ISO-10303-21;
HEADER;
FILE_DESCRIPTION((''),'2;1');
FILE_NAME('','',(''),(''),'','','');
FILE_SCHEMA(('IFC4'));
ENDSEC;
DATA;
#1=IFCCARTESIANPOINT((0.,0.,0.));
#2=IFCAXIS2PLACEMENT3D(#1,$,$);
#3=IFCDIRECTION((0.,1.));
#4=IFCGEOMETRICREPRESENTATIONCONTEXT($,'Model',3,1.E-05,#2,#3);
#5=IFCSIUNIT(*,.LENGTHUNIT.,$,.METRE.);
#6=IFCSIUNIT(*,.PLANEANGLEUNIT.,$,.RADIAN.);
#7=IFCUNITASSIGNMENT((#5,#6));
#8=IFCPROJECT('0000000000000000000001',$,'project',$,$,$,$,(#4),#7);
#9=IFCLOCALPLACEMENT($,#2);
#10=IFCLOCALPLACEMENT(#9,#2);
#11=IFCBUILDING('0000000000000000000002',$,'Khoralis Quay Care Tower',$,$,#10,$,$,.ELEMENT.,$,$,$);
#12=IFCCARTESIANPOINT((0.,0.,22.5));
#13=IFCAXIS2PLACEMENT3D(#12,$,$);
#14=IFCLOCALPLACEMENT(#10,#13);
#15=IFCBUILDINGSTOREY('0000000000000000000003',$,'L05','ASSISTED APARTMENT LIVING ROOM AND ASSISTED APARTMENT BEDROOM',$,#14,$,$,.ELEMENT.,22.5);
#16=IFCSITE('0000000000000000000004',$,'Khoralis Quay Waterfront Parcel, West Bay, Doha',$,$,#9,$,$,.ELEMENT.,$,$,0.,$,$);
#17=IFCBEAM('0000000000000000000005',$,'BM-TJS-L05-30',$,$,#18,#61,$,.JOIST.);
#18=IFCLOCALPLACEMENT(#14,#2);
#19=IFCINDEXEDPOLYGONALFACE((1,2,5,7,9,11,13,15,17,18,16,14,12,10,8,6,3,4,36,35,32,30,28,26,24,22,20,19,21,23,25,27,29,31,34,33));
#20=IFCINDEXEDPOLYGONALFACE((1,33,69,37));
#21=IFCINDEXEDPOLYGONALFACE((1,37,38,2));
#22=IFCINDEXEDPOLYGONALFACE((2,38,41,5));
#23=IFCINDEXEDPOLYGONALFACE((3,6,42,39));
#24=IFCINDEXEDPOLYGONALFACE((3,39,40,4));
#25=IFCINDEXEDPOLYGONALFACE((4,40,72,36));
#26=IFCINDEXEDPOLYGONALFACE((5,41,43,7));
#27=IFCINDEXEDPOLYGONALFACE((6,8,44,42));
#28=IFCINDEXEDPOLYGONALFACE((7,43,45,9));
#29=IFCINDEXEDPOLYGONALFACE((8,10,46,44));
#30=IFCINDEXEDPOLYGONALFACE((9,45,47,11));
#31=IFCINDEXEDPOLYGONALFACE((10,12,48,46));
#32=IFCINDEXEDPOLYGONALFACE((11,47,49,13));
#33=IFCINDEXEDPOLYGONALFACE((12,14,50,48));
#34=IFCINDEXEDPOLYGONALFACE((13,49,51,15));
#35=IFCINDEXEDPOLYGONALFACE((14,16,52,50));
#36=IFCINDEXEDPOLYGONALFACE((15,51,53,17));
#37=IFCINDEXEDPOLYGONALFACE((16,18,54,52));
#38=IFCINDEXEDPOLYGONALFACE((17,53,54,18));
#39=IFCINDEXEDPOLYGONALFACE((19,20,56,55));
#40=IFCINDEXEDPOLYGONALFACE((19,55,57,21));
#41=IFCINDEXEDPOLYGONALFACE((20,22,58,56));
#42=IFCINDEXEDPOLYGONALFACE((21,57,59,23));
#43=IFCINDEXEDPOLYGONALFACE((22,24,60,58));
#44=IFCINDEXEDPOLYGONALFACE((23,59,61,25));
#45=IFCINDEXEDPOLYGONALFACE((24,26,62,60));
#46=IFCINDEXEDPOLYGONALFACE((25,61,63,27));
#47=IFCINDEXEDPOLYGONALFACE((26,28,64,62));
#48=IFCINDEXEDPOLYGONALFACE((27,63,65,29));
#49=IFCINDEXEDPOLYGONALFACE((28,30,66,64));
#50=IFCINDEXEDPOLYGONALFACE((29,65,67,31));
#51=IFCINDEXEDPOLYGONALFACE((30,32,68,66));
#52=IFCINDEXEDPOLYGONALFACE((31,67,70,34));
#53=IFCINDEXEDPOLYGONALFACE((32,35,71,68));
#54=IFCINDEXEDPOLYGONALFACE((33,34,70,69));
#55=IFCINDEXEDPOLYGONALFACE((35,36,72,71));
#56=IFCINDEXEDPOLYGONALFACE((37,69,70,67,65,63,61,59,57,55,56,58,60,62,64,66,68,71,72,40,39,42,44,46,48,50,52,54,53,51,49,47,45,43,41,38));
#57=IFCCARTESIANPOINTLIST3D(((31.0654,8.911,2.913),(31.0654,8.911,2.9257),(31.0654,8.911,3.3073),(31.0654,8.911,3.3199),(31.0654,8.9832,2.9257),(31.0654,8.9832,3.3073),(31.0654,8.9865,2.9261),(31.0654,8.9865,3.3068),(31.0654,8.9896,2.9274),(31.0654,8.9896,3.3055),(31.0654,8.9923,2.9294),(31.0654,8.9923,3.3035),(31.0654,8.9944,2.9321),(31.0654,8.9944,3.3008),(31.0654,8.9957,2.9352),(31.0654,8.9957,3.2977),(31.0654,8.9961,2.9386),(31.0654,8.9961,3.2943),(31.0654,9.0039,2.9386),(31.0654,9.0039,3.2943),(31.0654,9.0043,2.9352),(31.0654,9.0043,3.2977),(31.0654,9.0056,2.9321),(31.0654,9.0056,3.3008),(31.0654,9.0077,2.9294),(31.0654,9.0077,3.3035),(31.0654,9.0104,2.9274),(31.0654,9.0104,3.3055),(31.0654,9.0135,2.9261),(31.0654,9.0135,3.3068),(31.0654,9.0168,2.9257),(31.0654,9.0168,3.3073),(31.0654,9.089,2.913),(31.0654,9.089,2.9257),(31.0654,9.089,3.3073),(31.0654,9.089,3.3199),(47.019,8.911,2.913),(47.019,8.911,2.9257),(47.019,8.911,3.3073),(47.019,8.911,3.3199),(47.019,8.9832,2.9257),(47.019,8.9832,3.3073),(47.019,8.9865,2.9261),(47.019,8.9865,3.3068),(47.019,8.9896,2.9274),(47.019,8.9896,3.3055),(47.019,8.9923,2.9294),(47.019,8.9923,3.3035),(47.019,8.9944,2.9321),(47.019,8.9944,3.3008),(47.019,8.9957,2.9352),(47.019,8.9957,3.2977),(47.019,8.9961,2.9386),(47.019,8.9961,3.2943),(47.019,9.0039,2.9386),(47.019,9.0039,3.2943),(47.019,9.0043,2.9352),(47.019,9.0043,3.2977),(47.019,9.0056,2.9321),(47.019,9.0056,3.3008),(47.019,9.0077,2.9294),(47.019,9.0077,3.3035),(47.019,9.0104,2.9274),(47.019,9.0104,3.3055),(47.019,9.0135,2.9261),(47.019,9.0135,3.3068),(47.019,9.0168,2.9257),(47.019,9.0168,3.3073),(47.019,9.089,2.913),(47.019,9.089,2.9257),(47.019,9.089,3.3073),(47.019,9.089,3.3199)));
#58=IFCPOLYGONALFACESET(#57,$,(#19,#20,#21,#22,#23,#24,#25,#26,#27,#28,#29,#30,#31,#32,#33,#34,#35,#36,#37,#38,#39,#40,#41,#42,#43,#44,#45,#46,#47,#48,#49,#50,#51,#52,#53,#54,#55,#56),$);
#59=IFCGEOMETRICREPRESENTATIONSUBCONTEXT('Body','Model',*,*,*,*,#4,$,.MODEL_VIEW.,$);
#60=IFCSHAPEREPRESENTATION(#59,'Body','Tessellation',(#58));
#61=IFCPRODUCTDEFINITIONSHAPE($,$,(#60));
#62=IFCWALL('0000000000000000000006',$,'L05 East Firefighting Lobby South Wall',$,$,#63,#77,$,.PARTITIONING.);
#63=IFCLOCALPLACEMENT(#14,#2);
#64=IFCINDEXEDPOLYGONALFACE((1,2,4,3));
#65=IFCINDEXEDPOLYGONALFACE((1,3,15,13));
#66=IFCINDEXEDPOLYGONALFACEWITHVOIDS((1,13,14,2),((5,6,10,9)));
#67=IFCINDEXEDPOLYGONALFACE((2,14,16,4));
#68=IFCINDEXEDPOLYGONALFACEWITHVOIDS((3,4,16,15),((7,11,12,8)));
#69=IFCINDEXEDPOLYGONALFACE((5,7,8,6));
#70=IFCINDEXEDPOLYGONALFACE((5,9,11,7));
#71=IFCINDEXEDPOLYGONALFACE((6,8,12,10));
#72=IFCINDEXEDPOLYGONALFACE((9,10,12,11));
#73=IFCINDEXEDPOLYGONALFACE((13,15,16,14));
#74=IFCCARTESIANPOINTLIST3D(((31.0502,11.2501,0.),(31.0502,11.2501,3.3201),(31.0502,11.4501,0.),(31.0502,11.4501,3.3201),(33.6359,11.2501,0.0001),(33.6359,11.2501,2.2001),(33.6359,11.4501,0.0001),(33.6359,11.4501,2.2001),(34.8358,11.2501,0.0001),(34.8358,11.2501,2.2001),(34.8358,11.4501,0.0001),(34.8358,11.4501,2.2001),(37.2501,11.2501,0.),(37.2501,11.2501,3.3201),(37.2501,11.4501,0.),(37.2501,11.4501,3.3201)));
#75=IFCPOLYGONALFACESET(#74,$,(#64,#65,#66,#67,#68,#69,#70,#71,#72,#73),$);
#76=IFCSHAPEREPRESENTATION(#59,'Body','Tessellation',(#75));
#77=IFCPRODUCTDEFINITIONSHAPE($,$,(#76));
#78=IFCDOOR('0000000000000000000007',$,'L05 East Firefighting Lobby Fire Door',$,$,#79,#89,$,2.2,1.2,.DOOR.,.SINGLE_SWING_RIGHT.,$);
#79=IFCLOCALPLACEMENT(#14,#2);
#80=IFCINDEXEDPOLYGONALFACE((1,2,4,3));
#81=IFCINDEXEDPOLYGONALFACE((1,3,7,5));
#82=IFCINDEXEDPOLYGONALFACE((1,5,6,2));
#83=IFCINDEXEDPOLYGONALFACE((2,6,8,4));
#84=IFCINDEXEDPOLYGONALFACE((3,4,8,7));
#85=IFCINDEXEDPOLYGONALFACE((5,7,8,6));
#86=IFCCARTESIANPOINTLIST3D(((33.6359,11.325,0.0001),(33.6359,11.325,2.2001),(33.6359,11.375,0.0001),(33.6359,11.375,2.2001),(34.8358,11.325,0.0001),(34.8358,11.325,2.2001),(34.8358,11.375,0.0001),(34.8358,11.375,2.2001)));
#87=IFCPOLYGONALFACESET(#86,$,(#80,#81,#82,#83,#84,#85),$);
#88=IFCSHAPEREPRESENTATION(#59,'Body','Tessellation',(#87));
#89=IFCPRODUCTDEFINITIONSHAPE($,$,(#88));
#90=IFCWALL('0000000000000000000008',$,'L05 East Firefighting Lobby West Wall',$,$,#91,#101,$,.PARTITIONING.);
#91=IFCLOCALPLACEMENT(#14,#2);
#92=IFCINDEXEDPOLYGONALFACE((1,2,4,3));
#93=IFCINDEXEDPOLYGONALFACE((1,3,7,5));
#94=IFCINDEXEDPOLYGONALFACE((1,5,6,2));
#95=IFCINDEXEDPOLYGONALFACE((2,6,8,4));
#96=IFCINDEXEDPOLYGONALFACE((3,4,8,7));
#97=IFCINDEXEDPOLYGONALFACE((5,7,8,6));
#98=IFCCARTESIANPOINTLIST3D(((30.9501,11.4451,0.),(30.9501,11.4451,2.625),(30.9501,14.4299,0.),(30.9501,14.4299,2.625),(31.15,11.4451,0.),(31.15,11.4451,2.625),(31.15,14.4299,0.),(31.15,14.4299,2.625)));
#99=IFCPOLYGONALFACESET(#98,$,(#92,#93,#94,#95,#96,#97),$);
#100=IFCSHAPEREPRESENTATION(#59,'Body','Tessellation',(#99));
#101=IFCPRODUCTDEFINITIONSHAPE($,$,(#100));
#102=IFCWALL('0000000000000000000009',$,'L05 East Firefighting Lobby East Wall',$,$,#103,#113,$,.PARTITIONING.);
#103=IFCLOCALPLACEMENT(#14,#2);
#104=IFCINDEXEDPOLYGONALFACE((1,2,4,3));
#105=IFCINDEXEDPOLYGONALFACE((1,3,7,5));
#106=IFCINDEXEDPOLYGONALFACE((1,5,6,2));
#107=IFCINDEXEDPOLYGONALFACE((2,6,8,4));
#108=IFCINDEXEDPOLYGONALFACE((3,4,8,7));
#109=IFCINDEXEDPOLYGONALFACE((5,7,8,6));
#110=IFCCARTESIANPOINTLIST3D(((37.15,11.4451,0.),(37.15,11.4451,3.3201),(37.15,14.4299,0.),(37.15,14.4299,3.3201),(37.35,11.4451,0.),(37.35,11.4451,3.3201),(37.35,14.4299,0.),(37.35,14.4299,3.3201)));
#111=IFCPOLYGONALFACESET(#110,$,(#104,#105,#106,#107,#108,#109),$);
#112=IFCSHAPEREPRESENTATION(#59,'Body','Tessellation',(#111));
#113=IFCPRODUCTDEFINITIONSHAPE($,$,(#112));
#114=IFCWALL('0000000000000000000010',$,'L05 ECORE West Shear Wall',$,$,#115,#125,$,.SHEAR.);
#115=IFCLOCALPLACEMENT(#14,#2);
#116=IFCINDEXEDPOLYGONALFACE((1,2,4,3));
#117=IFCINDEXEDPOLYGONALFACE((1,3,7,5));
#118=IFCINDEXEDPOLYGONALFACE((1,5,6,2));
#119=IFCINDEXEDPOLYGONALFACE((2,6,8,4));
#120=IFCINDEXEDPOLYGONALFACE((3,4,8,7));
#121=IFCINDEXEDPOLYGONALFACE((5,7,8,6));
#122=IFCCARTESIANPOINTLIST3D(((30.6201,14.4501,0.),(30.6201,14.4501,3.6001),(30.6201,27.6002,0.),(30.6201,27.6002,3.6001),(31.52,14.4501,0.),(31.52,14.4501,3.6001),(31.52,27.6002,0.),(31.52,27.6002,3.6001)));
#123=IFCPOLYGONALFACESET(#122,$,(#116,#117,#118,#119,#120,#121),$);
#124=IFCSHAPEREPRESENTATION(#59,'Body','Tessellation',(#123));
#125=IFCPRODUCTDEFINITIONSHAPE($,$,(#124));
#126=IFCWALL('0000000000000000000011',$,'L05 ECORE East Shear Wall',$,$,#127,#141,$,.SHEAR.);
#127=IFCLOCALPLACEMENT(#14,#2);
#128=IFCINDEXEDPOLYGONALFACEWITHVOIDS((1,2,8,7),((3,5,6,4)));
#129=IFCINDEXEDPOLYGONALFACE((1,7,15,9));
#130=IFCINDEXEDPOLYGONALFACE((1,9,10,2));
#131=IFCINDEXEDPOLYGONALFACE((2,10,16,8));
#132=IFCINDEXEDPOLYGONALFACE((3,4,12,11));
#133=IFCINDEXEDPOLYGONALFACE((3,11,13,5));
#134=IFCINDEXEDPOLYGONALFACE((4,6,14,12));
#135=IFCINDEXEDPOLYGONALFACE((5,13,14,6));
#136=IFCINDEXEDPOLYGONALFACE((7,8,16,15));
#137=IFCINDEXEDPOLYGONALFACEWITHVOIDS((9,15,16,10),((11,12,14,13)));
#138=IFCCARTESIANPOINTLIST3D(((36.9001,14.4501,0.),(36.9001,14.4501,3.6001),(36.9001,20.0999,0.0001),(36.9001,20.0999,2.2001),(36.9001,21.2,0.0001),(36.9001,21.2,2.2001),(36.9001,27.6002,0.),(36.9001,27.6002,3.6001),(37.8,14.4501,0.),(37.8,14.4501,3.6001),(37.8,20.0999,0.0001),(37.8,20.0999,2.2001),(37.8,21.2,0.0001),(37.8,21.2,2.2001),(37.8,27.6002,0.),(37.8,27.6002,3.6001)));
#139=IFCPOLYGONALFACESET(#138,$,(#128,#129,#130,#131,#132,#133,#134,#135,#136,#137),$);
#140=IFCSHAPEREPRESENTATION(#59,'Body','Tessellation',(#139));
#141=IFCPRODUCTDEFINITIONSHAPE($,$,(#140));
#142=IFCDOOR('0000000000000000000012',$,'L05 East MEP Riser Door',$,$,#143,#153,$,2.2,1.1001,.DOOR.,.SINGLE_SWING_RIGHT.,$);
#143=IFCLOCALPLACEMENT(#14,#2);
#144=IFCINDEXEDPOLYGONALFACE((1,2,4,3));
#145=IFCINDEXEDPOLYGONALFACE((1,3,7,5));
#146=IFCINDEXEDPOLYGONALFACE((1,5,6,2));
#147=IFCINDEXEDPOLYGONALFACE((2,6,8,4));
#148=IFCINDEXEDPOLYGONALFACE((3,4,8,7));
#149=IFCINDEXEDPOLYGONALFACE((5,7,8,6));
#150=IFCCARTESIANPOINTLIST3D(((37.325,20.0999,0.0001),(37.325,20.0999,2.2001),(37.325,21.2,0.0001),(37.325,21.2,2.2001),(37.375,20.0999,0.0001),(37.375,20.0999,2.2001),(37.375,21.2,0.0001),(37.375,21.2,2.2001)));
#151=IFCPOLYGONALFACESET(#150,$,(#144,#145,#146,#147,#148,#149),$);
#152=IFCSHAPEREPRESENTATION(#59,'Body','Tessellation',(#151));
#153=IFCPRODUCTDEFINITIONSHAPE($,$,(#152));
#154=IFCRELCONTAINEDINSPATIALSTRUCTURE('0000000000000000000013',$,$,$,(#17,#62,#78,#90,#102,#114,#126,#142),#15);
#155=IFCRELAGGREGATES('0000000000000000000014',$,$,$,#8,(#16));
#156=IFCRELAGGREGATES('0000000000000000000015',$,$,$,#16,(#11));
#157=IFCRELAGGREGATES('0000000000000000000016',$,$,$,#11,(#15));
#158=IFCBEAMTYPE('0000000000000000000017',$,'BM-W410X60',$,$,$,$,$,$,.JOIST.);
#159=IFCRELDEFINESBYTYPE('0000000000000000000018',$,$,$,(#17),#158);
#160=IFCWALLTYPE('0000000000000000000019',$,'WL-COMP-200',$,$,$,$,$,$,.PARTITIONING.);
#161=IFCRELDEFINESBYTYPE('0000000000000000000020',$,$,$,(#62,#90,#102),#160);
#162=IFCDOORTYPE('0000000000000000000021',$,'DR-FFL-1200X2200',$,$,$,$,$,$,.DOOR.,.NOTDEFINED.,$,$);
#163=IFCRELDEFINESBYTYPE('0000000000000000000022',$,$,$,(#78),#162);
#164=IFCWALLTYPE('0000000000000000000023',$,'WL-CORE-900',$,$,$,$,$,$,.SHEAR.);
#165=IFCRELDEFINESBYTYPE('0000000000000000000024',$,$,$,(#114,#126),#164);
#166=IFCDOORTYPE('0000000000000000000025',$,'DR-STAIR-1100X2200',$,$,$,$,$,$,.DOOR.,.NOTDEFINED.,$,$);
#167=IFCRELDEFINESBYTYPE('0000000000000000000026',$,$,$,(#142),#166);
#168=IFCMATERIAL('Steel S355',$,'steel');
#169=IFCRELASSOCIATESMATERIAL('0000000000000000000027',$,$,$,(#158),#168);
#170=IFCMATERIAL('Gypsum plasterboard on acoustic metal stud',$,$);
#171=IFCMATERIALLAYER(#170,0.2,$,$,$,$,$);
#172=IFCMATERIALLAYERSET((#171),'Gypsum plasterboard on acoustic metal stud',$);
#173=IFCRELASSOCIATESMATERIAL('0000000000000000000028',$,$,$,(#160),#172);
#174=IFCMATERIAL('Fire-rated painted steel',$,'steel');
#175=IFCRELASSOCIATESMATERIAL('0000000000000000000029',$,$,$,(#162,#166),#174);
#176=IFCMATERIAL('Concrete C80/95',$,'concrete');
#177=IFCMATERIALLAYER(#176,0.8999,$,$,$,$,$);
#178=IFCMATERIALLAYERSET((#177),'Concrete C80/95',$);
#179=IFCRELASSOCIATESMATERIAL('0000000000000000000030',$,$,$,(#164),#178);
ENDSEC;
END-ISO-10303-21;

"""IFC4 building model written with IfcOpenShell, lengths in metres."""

from ifc_helpers import new_model, si_unit, direction, frame, frame_2d, origin, origin_2d, place, context, subcontext, project, spatial, rectangle, i_section, extrude, source, transform, mapped, material, layer, layer_set, material_profile, profile_set, type_object, element, fill, save


model = new_model("IFC4")

# Units and contexts
model_context = context("Model", 3, precision=1e-05, world=origin(), true_north=direction((0.0, 1.0)))
body_context = subcontext(model_context, "Body", "Model", "MODEL_VIEW")
ifc_project = project(units=[si_unit("LENGTHUNIT", "METRE"), si_unit("PLANEANGLEUNIT", "RADIAN")], contexts=[model_context])

# Site, building, storey
site_placement = place(None, origin())
site = spatial("IfcSite", under=ifc_project, at=site_placement, Name="Khoralis Quay Waterfront Parcel, West Bay, Doha", CompositionType="ELEMENT", RefElevation=0.0)
building_placement = place(site_placement, origin())
building = spatial("IfcBuilding", under=site, at=building_placement, Name="Khoralis Quay Care Tower", CompositionType="ELEMENT")
storey_placement = place(building_placement, frame((0.0, 0.0, 22.5)))
storey = spatial("IfcBuildingStorey", under=building, at=storey_placement, Name="L05", Description="ASSISTED APARTMENT LIVING ROOM AND ASSISTED APARTMENT BEDROOM", CompositionType="ELEMENT", Elevation=22.5)

# Beam
ifc_material_1 = material(Name="Steel S355", Category="steel")
ifc_material_profile_1 = material_profile(ifc_material_1, i_section(OverallWidth=0.178, OverallDepth=0.407, WebThickness=0.0078, FlangeThickness=0.0127, FilletRadius=0.0129, at=origin_2d()), Name="Steel S355")
ifc_profile_set_1 = profile_set([ifc_material_profile_1], Name="Steel S355")
beam_type_1 = type_object("IfcBeamType", Name="BM-W410X60", PredefinedType="JOIST", material=ifc_profile_set_1)
shared_shape_1 = source(origin(), body_context, "Body", "SweptSolid", [
    extrude(i_section(OverallWidth=0.178, OverallDepth=0.407, WebThickness=0.0078, FlangeThickness=0.0127, FilletRadius=0.0129, at=origin_2d()), origin(), (0.0, 0.0, 1.0), 15.9536),
])
beam_1_placement = place(storey_placement, frame((31.0654, 9.0, 3.1165), z_axis=(1.0, 0.0, 0.0), x_axis=(0.0, 1.0, 0.0)))
element("IfcBeam", 1, at=beam_1_placement, inside=storey, type_object=beam_type_1, Name="BM-TJS-L05-30", PredefinedType="JOIST", context=body_context, shape_type="MappedRepresentation", body=[
    mapped(shared_shape_1, transform((0.0, 0.0, 0.0), scale=1.0)),
])

# Wall, opening, door
ifc_material_2 = material(Name="Gypsum plasterboard on acoustic metal stud")
ifc_layer_1 = layer(ifc_material_2, 0.2)
ifc_layer_set_1 = layer_set([ifc_layer_1], Name="Gypsum plasterboard on acoustic metal stud")
wall_type_1 = type_object("IfcWallType", Name="WL-COMP-200", PredefinedType="PARTITIONING", material=ifc_layer_set_1)
wall_1_placement = place(storey_placement, frame((31.05, 11.3501, 0.0), z_axis=(0.0, 0.0, 1.0), x_axis=(1.0, 0.0, 0.0)))
wall_1 = element("IfcWall", 2, at=wall_1_placement, inside=storey, type_object=wall_type_1, Name="L05 East Firefighting Lobby South Wall", PredefinedType="PARTITIONING", context=body_context, shape_type="SweptSolid", body=[
    extrude(rectangle(XDim=6.2, YDim=0.2, at=frame_2d((3.1001, 0.0))), origin(), (0.0, 0.0, 1.0), 3.3201),
])
opening_1_placement = place(wall_1_placement, frame((2.5857, 0.0, 0.0)))
opening_1 = element("IfcOpeningElement", 3, at=opening_1_placement, cuts=wall_1, PredefinedType="OPENING", context=body_context, shape_type="SweptSolid", body=[
    extrude(rectangle(XDim=1.2, YDim=2.2, at=frame_2d((0.6001, 1.1001))), frame((0.0, 0.1099, 0.0), z_axis=(0.0, -1.0, 0.0), x_axis=(1.0, 0.0, 0.0)), (0.0, 0.0, 1.0), 0.22),
])
ifc_material_3 = material(Name="Fire-rated painted steel", Category="steel")
door_type_1 = type_object("IfcDoorType", Name="DR-FFL-1200X2200", OperationType="NOTDEFINED", PredefinedType="DOOR", material=ifc_material_3)
shared_shape_2 = source(origin(), body_context, "Body", "SweptSolid", [
    extrude(rectangle(XDim=1.2, YDim=2.2, at=frame_2d((0.6001, 1.1001))), frame((0.0, 0.0249, 0.0), z_axis=(0.0, -1.0, 0.0), x_axis=(1.0, 0.0, 0.0)), (0.0, 0.0, 1.0), 0.05),
])
door_1_placement = place(opening_1_placement, origin())
door_1 = element("IfcDoor", 4, at=door_1_placement, inside=storey, type_object=door_type_1, Name="L05 East Firefighting Lobby Fire Door", OperationType="SINGLE_SWING_RIGHT", OverallHeight=2.2, OverallWidth=1.2, PredefinedType="DOOR", context=body_context, shape_type="MappedRepresentation", body=[
    mapped(shared_shape_2, transform((0.0, 0.0, 0.0), scale=1.0)),
])
fill(opening_1, door_1)

# Walls
wall_2_placement = place(storey_placement, frame((31.05, 11.4451, 0.0), z_axis=(0.0, 0.0, 1.0), x_axis=(0.0, 1.0, 0.0)))
element("IfcWall", 5, at=wall_2_placement, inside=storey, type_object=wall_type_1, Name="L05 East Firefighting Lobby West Wall", PredefinedType="PARTITIONING", context=body_context, shape_type="SweptSolid", body=[
    extrude(rectangle(XDim=2.9849, YDim=0.2, at=frame_2d((1.4924, 0.0))), origin(), (0.0, 0.0, 1.0), 2.625),
])
wall_3_placement = place(storey_placement, frame((37.25, 11.4451, 0.0), z_axis=(0.0, 0.0, 1.0), x_axis=(0.0, 1.0, 0.0)))
element("IfcWall", 6, at=wall_3_placement, inside=storey, type_object=wall_type_1, Name="L05 East Firefighting Lobby East Wall", PredefinedType="PARTITIONING", context=body_context, shape_type="SweptSolid", body=[
    extrude(rectangle(XDim=2.9849, YDim=0.2, at=frame_2d((1.4924, 0.0))), origin(), (0.0, 0.0, 1.0), 3.3201),
])
ifc_material_4 = material(Name="Concrete C80/95", Category="concrete")
ifc_layer_2 = layer(ifc_material_4, 0.8999)
ifc_layer_set_2 = layer_set([ifc_layer_2], Name="Concrete C80/95")
wall_type_2 = type_object("IfcWallType", Name="WL-CORE-900", PredefinedType="SHEAR", material=ifc_layer_set_2)
wall_4_placement = place(storey_placement, frame((31.0701, 14.45, 0.0), z_axis=(0.0, 0.0, 1.0), x_axis=(0.0, 1.0, 0.0)))
element("IfcWall", 7, at=wall_4_placement, inside=storey, type_object=wall_type_2, Name="L05 ECORE West Shear Wall", PredefinedType="SHEAR", context=body_context, shape_type="SweptSolid", body=[
    extrude(rectangle(XDim=13.1501, YDim=0.8999, at=frame_2d((6.5752, 0.0))), origin(), (0.0, 0.0, 1.0), 3.6001),
])

# Wall, opening, door
wall_5_placement = place(storey_placement, frame((37.3501, 14.45, 0.0), z_axis=(0.0, 0.0, 1.0), x_axis=(0.0, 1.0, 0.0)))
wall_5 = element("IfcWall", 8, at=wall_5_placement, inside=storey, type_object=wall_type_2, Name="L05 ECORE East Shear Wall", PredefinedType="SHEAR", context=body_context, shape_type="SweptSolid", body=[
    extrude(rectangle(XDim=13.1501, YDim=0.8999, at=frame_2d((6.5752, 0.0))), origin(), (0.0, 0.0, 1.0), 3.6001),
])
opening_2_placement = place(wall_5_placement, frame((5.6499, 0.0, 0.0)))
opening_2 = element("IfcOpeningElement", 9, at=opening_2_placement, cuts=wall_5, PredefinedType="OPENING", context=body_context, shape_type="SweptSolid", body=[
    extrude(rectangle(XDim=1.1001, YDim=2.2, at=frame_2d((0.55, 1.1001))), frame((0.0, 0.46, 0.0), z_axis=(0.0, -1.0, 0.0), x_axis=(1.0, 0.0, 0.0)), (0.0, 0.0, 1.0), 0.9199),
])
door_type_2 = type_object("IfcDoorType", Name="DR-STAIR-1100X2200", OperationType="NOTDEFINED", PredefinedType="DOOR", material=ifc_material_3)
shared_shape_3 = source(origin(), body_context, "Body", "SweptSolid", [
    extrude(rectangle(XDim=1.1001, YDim=2.2, at=frame_2d((0.55, 1.1001))), frame((0.0, 0.0249, 0.0), z_axis=(0.0, -1.0, 0.0), x_axis=(1.0, 0.0, 0.0)), (0.0, 0.0, 1.0), 0.05),
])
door_2_placement = place(opening_2_placement, frame((1.1001, 0.0, 0.0), z_axis=(0.0, 0.0, 1.0), x_axis=(-1.0, 0.0, 0.0)))
door_2 = element("IfcDoor", 10, at=door_2_placement, inside=storey, type_object=door_type_2, Name="L05 East MEP Riser Door", OperationType="SINGLE_SWING_RIGHT", OverallHeight=2.2, OverallWidth=1.1001, PredefinedType="DOOR", context=body_context, shape_type="MappedRepresentation", body=[
    mapped(shared_shape_3, transform((0.0, 0.0, 0.0), scale=1.0)),
])
fill(opening_2, door_2)

save(model, "model.ifc")
